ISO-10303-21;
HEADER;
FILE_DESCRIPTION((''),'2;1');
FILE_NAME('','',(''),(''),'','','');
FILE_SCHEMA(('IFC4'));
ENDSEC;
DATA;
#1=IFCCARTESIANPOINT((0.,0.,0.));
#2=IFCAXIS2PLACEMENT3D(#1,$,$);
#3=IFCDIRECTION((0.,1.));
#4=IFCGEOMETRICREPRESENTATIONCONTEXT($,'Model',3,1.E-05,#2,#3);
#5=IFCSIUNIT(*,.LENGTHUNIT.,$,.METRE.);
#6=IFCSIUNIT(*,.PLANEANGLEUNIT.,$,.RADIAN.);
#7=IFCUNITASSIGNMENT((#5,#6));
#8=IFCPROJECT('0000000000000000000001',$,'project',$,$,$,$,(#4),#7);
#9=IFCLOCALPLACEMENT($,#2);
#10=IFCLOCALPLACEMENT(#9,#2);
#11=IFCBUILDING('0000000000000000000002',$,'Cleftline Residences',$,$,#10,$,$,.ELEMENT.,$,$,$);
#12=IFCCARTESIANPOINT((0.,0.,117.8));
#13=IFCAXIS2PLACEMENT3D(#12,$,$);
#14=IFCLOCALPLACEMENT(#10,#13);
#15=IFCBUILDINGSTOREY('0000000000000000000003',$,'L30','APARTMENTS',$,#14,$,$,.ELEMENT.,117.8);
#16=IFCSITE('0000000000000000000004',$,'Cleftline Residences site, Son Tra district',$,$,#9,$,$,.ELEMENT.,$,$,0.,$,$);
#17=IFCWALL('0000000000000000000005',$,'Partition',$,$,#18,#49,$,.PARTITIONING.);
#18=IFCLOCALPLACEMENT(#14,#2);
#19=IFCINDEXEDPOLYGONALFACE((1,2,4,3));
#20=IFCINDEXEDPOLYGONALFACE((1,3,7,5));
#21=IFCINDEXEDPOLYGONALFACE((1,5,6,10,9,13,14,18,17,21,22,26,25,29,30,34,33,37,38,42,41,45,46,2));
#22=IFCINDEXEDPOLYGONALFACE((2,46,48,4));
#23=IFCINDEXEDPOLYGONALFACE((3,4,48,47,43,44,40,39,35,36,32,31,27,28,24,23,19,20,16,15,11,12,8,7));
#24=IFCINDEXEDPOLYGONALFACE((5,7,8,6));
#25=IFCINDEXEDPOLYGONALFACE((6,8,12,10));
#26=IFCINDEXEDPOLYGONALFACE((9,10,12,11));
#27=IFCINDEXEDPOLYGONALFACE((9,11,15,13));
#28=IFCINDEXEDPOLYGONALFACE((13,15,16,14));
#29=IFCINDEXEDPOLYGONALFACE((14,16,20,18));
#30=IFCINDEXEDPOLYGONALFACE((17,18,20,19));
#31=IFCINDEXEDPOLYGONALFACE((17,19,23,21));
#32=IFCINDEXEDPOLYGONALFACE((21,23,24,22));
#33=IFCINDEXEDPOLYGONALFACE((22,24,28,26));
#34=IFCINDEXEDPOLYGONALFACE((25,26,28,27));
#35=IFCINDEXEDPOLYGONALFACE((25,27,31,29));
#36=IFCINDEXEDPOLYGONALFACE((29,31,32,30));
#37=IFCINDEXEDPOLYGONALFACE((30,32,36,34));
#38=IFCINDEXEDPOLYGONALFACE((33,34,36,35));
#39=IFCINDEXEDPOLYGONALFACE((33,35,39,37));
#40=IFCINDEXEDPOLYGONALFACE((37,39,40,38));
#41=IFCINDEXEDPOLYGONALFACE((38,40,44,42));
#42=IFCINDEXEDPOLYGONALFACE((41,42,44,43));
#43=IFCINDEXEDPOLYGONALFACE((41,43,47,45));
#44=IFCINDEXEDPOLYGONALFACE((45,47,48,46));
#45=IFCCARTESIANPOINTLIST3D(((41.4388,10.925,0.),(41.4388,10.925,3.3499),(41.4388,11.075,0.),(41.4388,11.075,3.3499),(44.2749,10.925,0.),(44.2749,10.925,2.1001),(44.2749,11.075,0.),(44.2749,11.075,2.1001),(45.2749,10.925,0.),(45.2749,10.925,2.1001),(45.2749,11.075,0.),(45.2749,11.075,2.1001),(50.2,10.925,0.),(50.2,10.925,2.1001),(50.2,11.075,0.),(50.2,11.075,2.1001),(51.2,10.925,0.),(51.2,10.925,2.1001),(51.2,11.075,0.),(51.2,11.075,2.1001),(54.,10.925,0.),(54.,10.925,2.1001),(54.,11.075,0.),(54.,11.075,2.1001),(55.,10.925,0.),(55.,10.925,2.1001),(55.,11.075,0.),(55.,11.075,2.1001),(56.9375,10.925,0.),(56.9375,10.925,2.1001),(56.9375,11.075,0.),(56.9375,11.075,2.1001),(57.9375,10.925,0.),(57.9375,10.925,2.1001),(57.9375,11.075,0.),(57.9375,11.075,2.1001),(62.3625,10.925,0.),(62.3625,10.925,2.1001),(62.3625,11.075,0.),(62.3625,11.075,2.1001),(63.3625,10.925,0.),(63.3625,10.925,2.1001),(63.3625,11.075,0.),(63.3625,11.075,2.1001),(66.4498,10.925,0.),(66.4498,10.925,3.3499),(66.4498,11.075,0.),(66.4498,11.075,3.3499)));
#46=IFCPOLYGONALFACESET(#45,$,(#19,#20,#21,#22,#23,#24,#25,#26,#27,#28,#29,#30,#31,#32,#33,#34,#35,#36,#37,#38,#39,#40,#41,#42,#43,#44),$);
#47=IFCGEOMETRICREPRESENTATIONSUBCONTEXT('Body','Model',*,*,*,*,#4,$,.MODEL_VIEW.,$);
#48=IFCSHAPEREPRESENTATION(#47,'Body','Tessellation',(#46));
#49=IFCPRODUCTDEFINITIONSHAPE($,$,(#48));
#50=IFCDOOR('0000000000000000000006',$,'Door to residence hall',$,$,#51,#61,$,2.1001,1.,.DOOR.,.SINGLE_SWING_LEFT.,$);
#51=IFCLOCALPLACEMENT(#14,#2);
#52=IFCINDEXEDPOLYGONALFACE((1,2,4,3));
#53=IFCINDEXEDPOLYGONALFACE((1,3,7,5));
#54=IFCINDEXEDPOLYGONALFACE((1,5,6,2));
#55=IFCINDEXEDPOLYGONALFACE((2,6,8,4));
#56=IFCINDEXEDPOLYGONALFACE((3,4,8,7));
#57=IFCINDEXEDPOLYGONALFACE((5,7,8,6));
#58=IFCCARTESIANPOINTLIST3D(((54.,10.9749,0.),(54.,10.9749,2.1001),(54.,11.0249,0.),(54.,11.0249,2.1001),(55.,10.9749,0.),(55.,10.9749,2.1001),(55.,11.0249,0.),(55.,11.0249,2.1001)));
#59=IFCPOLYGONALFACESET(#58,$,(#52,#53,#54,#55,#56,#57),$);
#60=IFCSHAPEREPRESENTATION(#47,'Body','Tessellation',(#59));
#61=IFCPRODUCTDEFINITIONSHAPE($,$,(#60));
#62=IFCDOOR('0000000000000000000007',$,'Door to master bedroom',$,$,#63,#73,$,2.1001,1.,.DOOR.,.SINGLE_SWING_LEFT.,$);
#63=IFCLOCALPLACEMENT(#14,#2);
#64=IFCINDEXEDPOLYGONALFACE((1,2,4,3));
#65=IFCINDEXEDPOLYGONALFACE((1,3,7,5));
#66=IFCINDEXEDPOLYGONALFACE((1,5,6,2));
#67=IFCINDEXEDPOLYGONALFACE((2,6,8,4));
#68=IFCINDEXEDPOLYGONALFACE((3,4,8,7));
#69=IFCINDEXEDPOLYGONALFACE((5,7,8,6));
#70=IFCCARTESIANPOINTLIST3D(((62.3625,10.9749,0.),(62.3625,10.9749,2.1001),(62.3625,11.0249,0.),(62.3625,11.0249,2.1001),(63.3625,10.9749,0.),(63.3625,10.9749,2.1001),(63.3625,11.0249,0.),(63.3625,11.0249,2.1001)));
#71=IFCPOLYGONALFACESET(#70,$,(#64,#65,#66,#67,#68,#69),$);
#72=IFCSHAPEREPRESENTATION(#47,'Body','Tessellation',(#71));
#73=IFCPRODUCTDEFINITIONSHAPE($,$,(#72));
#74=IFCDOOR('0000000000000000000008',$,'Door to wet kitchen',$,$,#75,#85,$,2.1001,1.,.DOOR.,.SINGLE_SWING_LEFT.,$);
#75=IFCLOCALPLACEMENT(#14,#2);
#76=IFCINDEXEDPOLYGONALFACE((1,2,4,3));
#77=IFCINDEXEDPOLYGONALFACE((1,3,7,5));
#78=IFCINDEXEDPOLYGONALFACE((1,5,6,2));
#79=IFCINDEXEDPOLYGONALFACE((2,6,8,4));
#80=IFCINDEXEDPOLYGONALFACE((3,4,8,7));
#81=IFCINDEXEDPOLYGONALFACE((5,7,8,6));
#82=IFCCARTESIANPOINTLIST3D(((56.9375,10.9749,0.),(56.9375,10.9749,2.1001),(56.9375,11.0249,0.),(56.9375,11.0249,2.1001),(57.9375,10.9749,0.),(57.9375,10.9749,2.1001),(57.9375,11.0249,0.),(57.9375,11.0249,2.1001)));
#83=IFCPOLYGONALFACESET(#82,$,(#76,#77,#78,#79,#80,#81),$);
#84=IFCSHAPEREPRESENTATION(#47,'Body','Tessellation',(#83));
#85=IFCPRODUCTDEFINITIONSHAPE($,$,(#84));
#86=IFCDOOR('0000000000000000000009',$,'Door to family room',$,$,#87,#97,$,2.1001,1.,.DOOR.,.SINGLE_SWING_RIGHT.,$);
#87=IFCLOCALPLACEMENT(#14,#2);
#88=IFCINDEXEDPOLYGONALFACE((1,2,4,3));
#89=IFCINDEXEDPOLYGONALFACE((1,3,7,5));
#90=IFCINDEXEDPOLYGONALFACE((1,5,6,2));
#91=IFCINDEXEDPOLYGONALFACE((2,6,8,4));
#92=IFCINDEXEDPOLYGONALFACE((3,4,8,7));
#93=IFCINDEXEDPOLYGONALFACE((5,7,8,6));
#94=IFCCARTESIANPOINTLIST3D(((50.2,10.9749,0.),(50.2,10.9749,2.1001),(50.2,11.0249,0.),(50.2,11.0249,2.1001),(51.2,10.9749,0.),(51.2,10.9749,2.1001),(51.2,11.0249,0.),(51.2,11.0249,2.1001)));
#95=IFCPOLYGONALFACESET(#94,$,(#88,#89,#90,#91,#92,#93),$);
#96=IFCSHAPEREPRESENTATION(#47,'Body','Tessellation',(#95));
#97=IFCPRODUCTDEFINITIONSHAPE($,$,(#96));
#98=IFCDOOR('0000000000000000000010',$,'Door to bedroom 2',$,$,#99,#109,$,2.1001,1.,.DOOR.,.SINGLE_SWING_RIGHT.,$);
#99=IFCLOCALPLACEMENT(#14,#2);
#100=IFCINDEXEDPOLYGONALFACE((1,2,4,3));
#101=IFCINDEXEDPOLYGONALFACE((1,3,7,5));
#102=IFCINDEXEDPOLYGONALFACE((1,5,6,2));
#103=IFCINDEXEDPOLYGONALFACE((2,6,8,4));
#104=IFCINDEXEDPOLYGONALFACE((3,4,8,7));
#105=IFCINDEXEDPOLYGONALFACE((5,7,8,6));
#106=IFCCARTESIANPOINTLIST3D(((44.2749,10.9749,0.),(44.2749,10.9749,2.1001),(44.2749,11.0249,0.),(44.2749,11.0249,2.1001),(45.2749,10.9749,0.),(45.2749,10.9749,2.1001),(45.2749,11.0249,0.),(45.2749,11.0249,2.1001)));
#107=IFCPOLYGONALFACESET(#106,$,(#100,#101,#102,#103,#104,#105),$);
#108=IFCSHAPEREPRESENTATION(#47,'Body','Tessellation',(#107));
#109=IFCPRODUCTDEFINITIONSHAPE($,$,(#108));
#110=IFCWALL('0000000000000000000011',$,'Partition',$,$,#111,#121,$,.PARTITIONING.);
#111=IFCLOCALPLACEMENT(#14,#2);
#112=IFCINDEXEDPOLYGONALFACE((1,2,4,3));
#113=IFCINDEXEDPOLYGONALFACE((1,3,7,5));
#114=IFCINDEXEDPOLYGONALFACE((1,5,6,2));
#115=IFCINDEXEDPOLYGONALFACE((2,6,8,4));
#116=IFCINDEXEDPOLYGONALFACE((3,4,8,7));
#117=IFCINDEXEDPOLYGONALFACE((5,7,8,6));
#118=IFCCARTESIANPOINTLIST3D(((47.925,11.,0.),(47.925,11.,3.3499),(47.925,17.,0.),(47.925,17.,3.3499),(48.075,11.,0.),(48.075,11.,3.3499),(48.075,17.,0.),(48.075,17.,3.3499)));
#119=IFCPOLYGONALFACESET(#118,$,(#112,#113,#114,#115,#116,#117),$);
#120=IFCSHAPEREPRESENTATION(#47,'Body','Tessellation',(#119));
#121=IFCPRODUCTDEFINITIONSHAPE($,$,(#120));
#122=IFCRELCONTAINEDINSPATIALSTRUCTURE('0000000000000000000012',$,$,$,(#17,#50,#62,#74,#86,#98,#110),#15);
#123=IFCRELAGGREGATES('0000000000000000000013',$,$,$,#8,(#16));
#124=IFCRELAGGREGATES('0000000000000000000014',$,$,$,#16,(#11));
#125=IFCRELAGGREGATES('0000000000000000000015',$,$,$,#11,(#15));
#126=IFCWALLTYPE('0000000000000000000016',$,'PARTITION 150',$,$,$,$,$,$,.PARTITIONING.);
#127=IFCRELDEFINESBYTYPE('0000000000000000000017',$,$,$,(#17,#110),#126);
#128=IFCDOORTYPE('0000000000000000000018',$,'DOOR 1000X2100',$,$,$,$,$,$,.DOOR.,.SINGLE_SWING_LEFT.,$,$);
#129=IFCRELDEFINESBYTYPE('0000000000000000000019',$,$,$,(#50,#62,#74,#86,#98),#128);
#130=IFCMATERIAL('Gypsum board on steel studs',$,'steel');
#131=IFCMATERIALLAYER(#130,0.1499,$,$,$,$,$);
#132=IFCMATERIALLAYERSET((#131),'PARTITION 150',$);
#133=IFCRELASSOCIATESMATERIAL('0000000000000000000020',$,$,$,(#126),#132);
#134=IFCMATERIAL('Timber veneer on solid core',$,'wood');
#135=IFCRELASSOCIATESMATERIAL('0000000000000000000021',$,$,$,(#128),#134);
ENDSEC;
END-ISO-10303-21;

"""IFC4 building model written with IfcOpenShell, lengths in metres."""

from ifc_helpers import new_model, si_unit, direction, frame, frame_2d, origin, place, context, subcontext, project, spatial, rectangle, extrude, material, layer, layer_set, type_object, element, fill, save


model = new_model("IFC4")

# Units and contexts
model_context = context("Model", 3, precision=1e-05, world=origin(), true_north=direction((0.0, 1.0)))
body_context = subcontext(model_context, "Body", "Model", "MODEL_VIEW")
ifc_project = project(units=[si_unit("LENGTHUNIT", "METRE"), si_unit("PLANEANGLEUNIT", "RADIAN")], contexts=[model_context])

# Site, building, storey
site_placement = place(None, origin())
site = spatial("IfcSite", under=ifc_project, at=site_placement, Name="Cleftline Residences site, Son Tra district", CompositionType="ELEMENT", RefElevation=0.0)
building_placement = place(site_placement, origin())
building = spatial("IfcBuilding", under=site, at=building_placement, Name="Cleftline Residences", CompositionType="ELEMENT")
storey_placement = place(building_placement, frame((0.0, 0.0, 117.8)))
storey = spatial("IfcBuildingStorey", under=building, at=storey_placement, Name="L30", Description="APARTMENTS", CompositionType="ELEMENT", Elevation=117.8)

# Wall, openings, doors
ifc_material_1 = material(Name="Gypsum board on steel studs", Category="steel")
ifc_layer_1 = layer(ifc_material_1, 0.1499)
ifc_layer_set_1 = layer_set([ifc_layer_1], Name="PARTITION 150")
wall_type = type_object("IfcWallType", Name="PARTITION 150", PredefinedType="PARTITIONING", material=ifc_layer_set_1)
ifc_material_2 = material(Name="Timber veneer on solid core", Category="wood")
door_type = type_object("IfcDoorType", Name="DOOR 1000X2100", OperationType="SINGLE_SWING_LEFT", PredefinedType="DOOR", material=ifc_material_2)
wall_1_placement = place(storey_placement, frame((41.439, 11.0, 0.0), z_axis=(0.0, 0.0, 1.0), x_axis=(1.0, 0.0, 0.0)))
wall_1 = element("IfcWall", 1, at=wall_1_placement, inside=storey, type_object=wall_type, Name="Partition", PredefinedType="PARTITIONING", context=body_context, shape_type="SweptSolid", body=[
    extrude(rectangle(XDim=25.011, YDim=0.1499, at=frame_2d((12.5054, 0.0))), origin(), (0.0, 0.0, 1.0), 3.3499),
])
opening_1_placement = place(wall_1_placement, frame((12.561, 0.0, 0.0)))
opening_1 = element("IfcOpeningElement", 2, at=opening_1_placement, cuts=wall_1, PredefinedType="OPENING", context=body_context, shape_type="SweptSolid", body=[
    extrude(rectangle(XDim=1.0, YDim=2.1001, at=frame_2d((0.5, 1.05))), frame((0.0, 0.085, 0.0), z_axis=(0.0, -1.0, 0.0), x_axis=(1.0, 0.0, 0.0)), (0.0, 0.0, 1.0), 0.1699),
])
opening_2_placement = place(wall_1_placement, frame((20.9236, 0.0, 0.0)))
opening_2 = element("IfcOpeningElement", 3, at=opening_2_placement, cuts=wall_1, PredefinedType="OPENING", context=body_context, shape_type="SweptSolid", body=[
    extrude(rectangle(XDim=1.0, YDim=2.1001, at=frame_2d((0.5, 1.05))), frame((0.0, 0.085, 0.0), z_axis=(0.0, -1.0, 0.0), x_axis=(1.0, 0.0, 0.0)), (0.0, 0.0, 1.0), 0.1699),
])
opening_3_placement = place(wall_1_placement, frame((15.4985, 0.0, 0.0)))
opening_3 = element("IfcOpeningElement", 4, at=opening_3_placement, cuts=wall_1, PredefinedType="OPENING", context=body_context, shape_type="SweptSolid", body=[
    extrude(rectangle(XDim=1.0, YDim=2.1001, at=frame_2d((0.5, 1.05))), frame((0.0, 0.085, 0.0), z_axis=(0.0, -1.0, 0.0), x_axis=(1.0, 0.0, 0.0)), (0.0, 0.0, 1.0), 0.1699),
])
opening_4_placement = place(wall_1_placement, frame((8.761, 0.0, 0.0)))
opening_4 = element("IfcOpeningElement", 5, at=opening_4_placement, cuts=wall_1, PredefinedType="OPENING", context=body_context, shape_type="SweptSolid", body=[
    extrude(rectangle(XDim=1.0, YDim=2.1001, at=frame_2d((0.5, 1.05))), frame((0.0, 0.085, 0.0), z_axis=(0.0, -1.0, 0.0), x_axis=(1.0, 0.0, 0.0)), (0.0, 0.0, 1.0), 0.1699),
])
opening_5_placement = place(wall_1_placement, frame((2.8359, 0.0, 0.0)))
opening_5 = element("IfcOpeningElement", 6, at=opening_5_placement, cuts=wall_1, PredefinedType="OPENING", context=body_context, shape_type="SweptSolid", body=[
    extrude(rectangle(XDim=1.0, YDim=2.1001, at=frame_2d((0.5, 1.05))), frame((0.0, 0.085, 0.0), z_axis=(0.0, -1.0, 0.0), x_axis=(1.0, 0.0, 0.0)), (0.0, 0.0, 1.0), 0.1699),
])
door_1_placement = place(opening_1_placement, origin())
door_1 = element("IfcDoor", 7, at=door_1_placement, inside=storey, type_object=door_type, Name="Door to residence hall", OperationType="SINGLE_SWING_LEFT", OverallHeight=2.1001, OverallWidth=1.0, PredefinedType="DOOR", context=body_context, shape_type="SweptSolid", body=[
    extrude(rectangle(XDim=1.0, YDim=2.1001, at=frame_2d((0.5, 1.05))), frame((0.0, 0.0249, 0.0), z_axis=(0.0, -1.0, 0.0), x_axis=(1.0, 0.0, 0.0)), (0.0, 0.0, 1.0), 0.05),
])
fill(opening_1, door_1)
door_2_placement = place(opening_2_placement, origin())
door_2 = element("IfcDoor", 8, at=door_2_placement, inside=storey, type_object=door_type, Name="Door to master bedroom", OperationType="SINGLE_SWING_LEFT", OverallHeight=2.1001, OverallWidth=1.0, PredefinedType="DOOR", context=body_context, shape_type="SweptSolid", body=[
    extrude(rectangle(XDim=1.0, YDim=2.1001, at=frame_2d((0.5, 1.05))), frame((0.0, 0.0249, 0.0), z_axis=(0.0, -1.0, 0.0), x_axis=(1.0, 0.0, 0.0)), (0.0, 0.0, 1.0), 0.05),
])
fill(opening_2, door_2)
door_3_placement = place(opening_3_placement, origin())
door_3 = element("IfcDoor", 9, at=door_3_placement, inside=storey, type_object=door_type, Name="Door to wet kitchen", OperationType="SINGLE_SWING_LEFT", OverallHeight=2.1001, OverallWidth=1.0, PredefinedType="DOOR", context=body_context, shape_type="SweptSolid", body=[
    extrude(rectangle(XDim=1.0, YDim=2.1001, at=frame_2d((0.5, 1.05))), frame((0.0, 0.0249, 0.0), z_axis=(0.0, -1.0, 0.0), x_axis=(1.0, 0.0, 0.0)), (0.0, 0.0, 1.0), 0.05),
])
fill(opening_3, door_3)
door_4_placement = place(opening_4_placement, origin())
door_4 = element("IfcDoor", 10, at=door_4_placement, inside=storey, type_object=door_type, Name="Door to family room", OperationType="SINGLE_SWING_RIGHT", OverallHeight=2.1001, OverallWidth=1.0, PredefinedType="DOOR", context=body_context, shape_type="SweptSolid", body=[
    extrude(rectangle(XDim=1.0, YDim=2.1001, at=frame_2d((0.5, 1.05))), frame((0.0, 0.0249, 0.0), z_axis=(0.0, -1.0, 0.0), x_axis=(1.0, 0.0, 0.0)), (0.0, 0.0, 1.0), 0.05),
])
fill(opening_4, door_4)
door_5_placement = place(opening_5_placement, origin())
door_5 = element("IfcDoor", 11, at=door_5_placement, inside=storey, type_object=door_type, Name="Door to bedroom 2", OperationType="SINGLE_SWING_RIGHT", OverallHeight=2.1001, OverallWidth=1.0, PredefinedType="DOOR", context=body_context, shape_type="SweptSolid", body=[
    extrude(rectangle(XDim=1.0, YDim=2.1001, at=frame_2d((0.5, 1.05))), frame((0.0, 0.0249, 0.0), z_axis=(0.0, -1.0, 0.0), x_axis=(1.0, 0.0, 0.0)), (0.0, 0.0, 1.0), 0.05),
])
fill(opening_5, door_5)

# Wall
wall_2_placement = place(storey_placement, frame((48.0, 11.0, 0.0), z_axis=(0.0, 0.0, 1.0), x_axis=(0.0, 1.0, 0.0)))
element("IfcWall", 12, at=wall_2_placement, inside=storey, type_object=wall_type, Name="Partition", PredefinedType="PARTITIONING", context=body_context, shape_type="SweptSolid", body=[
    extrude(rectangle(XDim=6.0, YDim=0.1499, at=frame_2d((3.0, 0.0))), origin(), (0.0, 0.0, 1.0), 3.3499),
])

save(model, "model.ifc")
